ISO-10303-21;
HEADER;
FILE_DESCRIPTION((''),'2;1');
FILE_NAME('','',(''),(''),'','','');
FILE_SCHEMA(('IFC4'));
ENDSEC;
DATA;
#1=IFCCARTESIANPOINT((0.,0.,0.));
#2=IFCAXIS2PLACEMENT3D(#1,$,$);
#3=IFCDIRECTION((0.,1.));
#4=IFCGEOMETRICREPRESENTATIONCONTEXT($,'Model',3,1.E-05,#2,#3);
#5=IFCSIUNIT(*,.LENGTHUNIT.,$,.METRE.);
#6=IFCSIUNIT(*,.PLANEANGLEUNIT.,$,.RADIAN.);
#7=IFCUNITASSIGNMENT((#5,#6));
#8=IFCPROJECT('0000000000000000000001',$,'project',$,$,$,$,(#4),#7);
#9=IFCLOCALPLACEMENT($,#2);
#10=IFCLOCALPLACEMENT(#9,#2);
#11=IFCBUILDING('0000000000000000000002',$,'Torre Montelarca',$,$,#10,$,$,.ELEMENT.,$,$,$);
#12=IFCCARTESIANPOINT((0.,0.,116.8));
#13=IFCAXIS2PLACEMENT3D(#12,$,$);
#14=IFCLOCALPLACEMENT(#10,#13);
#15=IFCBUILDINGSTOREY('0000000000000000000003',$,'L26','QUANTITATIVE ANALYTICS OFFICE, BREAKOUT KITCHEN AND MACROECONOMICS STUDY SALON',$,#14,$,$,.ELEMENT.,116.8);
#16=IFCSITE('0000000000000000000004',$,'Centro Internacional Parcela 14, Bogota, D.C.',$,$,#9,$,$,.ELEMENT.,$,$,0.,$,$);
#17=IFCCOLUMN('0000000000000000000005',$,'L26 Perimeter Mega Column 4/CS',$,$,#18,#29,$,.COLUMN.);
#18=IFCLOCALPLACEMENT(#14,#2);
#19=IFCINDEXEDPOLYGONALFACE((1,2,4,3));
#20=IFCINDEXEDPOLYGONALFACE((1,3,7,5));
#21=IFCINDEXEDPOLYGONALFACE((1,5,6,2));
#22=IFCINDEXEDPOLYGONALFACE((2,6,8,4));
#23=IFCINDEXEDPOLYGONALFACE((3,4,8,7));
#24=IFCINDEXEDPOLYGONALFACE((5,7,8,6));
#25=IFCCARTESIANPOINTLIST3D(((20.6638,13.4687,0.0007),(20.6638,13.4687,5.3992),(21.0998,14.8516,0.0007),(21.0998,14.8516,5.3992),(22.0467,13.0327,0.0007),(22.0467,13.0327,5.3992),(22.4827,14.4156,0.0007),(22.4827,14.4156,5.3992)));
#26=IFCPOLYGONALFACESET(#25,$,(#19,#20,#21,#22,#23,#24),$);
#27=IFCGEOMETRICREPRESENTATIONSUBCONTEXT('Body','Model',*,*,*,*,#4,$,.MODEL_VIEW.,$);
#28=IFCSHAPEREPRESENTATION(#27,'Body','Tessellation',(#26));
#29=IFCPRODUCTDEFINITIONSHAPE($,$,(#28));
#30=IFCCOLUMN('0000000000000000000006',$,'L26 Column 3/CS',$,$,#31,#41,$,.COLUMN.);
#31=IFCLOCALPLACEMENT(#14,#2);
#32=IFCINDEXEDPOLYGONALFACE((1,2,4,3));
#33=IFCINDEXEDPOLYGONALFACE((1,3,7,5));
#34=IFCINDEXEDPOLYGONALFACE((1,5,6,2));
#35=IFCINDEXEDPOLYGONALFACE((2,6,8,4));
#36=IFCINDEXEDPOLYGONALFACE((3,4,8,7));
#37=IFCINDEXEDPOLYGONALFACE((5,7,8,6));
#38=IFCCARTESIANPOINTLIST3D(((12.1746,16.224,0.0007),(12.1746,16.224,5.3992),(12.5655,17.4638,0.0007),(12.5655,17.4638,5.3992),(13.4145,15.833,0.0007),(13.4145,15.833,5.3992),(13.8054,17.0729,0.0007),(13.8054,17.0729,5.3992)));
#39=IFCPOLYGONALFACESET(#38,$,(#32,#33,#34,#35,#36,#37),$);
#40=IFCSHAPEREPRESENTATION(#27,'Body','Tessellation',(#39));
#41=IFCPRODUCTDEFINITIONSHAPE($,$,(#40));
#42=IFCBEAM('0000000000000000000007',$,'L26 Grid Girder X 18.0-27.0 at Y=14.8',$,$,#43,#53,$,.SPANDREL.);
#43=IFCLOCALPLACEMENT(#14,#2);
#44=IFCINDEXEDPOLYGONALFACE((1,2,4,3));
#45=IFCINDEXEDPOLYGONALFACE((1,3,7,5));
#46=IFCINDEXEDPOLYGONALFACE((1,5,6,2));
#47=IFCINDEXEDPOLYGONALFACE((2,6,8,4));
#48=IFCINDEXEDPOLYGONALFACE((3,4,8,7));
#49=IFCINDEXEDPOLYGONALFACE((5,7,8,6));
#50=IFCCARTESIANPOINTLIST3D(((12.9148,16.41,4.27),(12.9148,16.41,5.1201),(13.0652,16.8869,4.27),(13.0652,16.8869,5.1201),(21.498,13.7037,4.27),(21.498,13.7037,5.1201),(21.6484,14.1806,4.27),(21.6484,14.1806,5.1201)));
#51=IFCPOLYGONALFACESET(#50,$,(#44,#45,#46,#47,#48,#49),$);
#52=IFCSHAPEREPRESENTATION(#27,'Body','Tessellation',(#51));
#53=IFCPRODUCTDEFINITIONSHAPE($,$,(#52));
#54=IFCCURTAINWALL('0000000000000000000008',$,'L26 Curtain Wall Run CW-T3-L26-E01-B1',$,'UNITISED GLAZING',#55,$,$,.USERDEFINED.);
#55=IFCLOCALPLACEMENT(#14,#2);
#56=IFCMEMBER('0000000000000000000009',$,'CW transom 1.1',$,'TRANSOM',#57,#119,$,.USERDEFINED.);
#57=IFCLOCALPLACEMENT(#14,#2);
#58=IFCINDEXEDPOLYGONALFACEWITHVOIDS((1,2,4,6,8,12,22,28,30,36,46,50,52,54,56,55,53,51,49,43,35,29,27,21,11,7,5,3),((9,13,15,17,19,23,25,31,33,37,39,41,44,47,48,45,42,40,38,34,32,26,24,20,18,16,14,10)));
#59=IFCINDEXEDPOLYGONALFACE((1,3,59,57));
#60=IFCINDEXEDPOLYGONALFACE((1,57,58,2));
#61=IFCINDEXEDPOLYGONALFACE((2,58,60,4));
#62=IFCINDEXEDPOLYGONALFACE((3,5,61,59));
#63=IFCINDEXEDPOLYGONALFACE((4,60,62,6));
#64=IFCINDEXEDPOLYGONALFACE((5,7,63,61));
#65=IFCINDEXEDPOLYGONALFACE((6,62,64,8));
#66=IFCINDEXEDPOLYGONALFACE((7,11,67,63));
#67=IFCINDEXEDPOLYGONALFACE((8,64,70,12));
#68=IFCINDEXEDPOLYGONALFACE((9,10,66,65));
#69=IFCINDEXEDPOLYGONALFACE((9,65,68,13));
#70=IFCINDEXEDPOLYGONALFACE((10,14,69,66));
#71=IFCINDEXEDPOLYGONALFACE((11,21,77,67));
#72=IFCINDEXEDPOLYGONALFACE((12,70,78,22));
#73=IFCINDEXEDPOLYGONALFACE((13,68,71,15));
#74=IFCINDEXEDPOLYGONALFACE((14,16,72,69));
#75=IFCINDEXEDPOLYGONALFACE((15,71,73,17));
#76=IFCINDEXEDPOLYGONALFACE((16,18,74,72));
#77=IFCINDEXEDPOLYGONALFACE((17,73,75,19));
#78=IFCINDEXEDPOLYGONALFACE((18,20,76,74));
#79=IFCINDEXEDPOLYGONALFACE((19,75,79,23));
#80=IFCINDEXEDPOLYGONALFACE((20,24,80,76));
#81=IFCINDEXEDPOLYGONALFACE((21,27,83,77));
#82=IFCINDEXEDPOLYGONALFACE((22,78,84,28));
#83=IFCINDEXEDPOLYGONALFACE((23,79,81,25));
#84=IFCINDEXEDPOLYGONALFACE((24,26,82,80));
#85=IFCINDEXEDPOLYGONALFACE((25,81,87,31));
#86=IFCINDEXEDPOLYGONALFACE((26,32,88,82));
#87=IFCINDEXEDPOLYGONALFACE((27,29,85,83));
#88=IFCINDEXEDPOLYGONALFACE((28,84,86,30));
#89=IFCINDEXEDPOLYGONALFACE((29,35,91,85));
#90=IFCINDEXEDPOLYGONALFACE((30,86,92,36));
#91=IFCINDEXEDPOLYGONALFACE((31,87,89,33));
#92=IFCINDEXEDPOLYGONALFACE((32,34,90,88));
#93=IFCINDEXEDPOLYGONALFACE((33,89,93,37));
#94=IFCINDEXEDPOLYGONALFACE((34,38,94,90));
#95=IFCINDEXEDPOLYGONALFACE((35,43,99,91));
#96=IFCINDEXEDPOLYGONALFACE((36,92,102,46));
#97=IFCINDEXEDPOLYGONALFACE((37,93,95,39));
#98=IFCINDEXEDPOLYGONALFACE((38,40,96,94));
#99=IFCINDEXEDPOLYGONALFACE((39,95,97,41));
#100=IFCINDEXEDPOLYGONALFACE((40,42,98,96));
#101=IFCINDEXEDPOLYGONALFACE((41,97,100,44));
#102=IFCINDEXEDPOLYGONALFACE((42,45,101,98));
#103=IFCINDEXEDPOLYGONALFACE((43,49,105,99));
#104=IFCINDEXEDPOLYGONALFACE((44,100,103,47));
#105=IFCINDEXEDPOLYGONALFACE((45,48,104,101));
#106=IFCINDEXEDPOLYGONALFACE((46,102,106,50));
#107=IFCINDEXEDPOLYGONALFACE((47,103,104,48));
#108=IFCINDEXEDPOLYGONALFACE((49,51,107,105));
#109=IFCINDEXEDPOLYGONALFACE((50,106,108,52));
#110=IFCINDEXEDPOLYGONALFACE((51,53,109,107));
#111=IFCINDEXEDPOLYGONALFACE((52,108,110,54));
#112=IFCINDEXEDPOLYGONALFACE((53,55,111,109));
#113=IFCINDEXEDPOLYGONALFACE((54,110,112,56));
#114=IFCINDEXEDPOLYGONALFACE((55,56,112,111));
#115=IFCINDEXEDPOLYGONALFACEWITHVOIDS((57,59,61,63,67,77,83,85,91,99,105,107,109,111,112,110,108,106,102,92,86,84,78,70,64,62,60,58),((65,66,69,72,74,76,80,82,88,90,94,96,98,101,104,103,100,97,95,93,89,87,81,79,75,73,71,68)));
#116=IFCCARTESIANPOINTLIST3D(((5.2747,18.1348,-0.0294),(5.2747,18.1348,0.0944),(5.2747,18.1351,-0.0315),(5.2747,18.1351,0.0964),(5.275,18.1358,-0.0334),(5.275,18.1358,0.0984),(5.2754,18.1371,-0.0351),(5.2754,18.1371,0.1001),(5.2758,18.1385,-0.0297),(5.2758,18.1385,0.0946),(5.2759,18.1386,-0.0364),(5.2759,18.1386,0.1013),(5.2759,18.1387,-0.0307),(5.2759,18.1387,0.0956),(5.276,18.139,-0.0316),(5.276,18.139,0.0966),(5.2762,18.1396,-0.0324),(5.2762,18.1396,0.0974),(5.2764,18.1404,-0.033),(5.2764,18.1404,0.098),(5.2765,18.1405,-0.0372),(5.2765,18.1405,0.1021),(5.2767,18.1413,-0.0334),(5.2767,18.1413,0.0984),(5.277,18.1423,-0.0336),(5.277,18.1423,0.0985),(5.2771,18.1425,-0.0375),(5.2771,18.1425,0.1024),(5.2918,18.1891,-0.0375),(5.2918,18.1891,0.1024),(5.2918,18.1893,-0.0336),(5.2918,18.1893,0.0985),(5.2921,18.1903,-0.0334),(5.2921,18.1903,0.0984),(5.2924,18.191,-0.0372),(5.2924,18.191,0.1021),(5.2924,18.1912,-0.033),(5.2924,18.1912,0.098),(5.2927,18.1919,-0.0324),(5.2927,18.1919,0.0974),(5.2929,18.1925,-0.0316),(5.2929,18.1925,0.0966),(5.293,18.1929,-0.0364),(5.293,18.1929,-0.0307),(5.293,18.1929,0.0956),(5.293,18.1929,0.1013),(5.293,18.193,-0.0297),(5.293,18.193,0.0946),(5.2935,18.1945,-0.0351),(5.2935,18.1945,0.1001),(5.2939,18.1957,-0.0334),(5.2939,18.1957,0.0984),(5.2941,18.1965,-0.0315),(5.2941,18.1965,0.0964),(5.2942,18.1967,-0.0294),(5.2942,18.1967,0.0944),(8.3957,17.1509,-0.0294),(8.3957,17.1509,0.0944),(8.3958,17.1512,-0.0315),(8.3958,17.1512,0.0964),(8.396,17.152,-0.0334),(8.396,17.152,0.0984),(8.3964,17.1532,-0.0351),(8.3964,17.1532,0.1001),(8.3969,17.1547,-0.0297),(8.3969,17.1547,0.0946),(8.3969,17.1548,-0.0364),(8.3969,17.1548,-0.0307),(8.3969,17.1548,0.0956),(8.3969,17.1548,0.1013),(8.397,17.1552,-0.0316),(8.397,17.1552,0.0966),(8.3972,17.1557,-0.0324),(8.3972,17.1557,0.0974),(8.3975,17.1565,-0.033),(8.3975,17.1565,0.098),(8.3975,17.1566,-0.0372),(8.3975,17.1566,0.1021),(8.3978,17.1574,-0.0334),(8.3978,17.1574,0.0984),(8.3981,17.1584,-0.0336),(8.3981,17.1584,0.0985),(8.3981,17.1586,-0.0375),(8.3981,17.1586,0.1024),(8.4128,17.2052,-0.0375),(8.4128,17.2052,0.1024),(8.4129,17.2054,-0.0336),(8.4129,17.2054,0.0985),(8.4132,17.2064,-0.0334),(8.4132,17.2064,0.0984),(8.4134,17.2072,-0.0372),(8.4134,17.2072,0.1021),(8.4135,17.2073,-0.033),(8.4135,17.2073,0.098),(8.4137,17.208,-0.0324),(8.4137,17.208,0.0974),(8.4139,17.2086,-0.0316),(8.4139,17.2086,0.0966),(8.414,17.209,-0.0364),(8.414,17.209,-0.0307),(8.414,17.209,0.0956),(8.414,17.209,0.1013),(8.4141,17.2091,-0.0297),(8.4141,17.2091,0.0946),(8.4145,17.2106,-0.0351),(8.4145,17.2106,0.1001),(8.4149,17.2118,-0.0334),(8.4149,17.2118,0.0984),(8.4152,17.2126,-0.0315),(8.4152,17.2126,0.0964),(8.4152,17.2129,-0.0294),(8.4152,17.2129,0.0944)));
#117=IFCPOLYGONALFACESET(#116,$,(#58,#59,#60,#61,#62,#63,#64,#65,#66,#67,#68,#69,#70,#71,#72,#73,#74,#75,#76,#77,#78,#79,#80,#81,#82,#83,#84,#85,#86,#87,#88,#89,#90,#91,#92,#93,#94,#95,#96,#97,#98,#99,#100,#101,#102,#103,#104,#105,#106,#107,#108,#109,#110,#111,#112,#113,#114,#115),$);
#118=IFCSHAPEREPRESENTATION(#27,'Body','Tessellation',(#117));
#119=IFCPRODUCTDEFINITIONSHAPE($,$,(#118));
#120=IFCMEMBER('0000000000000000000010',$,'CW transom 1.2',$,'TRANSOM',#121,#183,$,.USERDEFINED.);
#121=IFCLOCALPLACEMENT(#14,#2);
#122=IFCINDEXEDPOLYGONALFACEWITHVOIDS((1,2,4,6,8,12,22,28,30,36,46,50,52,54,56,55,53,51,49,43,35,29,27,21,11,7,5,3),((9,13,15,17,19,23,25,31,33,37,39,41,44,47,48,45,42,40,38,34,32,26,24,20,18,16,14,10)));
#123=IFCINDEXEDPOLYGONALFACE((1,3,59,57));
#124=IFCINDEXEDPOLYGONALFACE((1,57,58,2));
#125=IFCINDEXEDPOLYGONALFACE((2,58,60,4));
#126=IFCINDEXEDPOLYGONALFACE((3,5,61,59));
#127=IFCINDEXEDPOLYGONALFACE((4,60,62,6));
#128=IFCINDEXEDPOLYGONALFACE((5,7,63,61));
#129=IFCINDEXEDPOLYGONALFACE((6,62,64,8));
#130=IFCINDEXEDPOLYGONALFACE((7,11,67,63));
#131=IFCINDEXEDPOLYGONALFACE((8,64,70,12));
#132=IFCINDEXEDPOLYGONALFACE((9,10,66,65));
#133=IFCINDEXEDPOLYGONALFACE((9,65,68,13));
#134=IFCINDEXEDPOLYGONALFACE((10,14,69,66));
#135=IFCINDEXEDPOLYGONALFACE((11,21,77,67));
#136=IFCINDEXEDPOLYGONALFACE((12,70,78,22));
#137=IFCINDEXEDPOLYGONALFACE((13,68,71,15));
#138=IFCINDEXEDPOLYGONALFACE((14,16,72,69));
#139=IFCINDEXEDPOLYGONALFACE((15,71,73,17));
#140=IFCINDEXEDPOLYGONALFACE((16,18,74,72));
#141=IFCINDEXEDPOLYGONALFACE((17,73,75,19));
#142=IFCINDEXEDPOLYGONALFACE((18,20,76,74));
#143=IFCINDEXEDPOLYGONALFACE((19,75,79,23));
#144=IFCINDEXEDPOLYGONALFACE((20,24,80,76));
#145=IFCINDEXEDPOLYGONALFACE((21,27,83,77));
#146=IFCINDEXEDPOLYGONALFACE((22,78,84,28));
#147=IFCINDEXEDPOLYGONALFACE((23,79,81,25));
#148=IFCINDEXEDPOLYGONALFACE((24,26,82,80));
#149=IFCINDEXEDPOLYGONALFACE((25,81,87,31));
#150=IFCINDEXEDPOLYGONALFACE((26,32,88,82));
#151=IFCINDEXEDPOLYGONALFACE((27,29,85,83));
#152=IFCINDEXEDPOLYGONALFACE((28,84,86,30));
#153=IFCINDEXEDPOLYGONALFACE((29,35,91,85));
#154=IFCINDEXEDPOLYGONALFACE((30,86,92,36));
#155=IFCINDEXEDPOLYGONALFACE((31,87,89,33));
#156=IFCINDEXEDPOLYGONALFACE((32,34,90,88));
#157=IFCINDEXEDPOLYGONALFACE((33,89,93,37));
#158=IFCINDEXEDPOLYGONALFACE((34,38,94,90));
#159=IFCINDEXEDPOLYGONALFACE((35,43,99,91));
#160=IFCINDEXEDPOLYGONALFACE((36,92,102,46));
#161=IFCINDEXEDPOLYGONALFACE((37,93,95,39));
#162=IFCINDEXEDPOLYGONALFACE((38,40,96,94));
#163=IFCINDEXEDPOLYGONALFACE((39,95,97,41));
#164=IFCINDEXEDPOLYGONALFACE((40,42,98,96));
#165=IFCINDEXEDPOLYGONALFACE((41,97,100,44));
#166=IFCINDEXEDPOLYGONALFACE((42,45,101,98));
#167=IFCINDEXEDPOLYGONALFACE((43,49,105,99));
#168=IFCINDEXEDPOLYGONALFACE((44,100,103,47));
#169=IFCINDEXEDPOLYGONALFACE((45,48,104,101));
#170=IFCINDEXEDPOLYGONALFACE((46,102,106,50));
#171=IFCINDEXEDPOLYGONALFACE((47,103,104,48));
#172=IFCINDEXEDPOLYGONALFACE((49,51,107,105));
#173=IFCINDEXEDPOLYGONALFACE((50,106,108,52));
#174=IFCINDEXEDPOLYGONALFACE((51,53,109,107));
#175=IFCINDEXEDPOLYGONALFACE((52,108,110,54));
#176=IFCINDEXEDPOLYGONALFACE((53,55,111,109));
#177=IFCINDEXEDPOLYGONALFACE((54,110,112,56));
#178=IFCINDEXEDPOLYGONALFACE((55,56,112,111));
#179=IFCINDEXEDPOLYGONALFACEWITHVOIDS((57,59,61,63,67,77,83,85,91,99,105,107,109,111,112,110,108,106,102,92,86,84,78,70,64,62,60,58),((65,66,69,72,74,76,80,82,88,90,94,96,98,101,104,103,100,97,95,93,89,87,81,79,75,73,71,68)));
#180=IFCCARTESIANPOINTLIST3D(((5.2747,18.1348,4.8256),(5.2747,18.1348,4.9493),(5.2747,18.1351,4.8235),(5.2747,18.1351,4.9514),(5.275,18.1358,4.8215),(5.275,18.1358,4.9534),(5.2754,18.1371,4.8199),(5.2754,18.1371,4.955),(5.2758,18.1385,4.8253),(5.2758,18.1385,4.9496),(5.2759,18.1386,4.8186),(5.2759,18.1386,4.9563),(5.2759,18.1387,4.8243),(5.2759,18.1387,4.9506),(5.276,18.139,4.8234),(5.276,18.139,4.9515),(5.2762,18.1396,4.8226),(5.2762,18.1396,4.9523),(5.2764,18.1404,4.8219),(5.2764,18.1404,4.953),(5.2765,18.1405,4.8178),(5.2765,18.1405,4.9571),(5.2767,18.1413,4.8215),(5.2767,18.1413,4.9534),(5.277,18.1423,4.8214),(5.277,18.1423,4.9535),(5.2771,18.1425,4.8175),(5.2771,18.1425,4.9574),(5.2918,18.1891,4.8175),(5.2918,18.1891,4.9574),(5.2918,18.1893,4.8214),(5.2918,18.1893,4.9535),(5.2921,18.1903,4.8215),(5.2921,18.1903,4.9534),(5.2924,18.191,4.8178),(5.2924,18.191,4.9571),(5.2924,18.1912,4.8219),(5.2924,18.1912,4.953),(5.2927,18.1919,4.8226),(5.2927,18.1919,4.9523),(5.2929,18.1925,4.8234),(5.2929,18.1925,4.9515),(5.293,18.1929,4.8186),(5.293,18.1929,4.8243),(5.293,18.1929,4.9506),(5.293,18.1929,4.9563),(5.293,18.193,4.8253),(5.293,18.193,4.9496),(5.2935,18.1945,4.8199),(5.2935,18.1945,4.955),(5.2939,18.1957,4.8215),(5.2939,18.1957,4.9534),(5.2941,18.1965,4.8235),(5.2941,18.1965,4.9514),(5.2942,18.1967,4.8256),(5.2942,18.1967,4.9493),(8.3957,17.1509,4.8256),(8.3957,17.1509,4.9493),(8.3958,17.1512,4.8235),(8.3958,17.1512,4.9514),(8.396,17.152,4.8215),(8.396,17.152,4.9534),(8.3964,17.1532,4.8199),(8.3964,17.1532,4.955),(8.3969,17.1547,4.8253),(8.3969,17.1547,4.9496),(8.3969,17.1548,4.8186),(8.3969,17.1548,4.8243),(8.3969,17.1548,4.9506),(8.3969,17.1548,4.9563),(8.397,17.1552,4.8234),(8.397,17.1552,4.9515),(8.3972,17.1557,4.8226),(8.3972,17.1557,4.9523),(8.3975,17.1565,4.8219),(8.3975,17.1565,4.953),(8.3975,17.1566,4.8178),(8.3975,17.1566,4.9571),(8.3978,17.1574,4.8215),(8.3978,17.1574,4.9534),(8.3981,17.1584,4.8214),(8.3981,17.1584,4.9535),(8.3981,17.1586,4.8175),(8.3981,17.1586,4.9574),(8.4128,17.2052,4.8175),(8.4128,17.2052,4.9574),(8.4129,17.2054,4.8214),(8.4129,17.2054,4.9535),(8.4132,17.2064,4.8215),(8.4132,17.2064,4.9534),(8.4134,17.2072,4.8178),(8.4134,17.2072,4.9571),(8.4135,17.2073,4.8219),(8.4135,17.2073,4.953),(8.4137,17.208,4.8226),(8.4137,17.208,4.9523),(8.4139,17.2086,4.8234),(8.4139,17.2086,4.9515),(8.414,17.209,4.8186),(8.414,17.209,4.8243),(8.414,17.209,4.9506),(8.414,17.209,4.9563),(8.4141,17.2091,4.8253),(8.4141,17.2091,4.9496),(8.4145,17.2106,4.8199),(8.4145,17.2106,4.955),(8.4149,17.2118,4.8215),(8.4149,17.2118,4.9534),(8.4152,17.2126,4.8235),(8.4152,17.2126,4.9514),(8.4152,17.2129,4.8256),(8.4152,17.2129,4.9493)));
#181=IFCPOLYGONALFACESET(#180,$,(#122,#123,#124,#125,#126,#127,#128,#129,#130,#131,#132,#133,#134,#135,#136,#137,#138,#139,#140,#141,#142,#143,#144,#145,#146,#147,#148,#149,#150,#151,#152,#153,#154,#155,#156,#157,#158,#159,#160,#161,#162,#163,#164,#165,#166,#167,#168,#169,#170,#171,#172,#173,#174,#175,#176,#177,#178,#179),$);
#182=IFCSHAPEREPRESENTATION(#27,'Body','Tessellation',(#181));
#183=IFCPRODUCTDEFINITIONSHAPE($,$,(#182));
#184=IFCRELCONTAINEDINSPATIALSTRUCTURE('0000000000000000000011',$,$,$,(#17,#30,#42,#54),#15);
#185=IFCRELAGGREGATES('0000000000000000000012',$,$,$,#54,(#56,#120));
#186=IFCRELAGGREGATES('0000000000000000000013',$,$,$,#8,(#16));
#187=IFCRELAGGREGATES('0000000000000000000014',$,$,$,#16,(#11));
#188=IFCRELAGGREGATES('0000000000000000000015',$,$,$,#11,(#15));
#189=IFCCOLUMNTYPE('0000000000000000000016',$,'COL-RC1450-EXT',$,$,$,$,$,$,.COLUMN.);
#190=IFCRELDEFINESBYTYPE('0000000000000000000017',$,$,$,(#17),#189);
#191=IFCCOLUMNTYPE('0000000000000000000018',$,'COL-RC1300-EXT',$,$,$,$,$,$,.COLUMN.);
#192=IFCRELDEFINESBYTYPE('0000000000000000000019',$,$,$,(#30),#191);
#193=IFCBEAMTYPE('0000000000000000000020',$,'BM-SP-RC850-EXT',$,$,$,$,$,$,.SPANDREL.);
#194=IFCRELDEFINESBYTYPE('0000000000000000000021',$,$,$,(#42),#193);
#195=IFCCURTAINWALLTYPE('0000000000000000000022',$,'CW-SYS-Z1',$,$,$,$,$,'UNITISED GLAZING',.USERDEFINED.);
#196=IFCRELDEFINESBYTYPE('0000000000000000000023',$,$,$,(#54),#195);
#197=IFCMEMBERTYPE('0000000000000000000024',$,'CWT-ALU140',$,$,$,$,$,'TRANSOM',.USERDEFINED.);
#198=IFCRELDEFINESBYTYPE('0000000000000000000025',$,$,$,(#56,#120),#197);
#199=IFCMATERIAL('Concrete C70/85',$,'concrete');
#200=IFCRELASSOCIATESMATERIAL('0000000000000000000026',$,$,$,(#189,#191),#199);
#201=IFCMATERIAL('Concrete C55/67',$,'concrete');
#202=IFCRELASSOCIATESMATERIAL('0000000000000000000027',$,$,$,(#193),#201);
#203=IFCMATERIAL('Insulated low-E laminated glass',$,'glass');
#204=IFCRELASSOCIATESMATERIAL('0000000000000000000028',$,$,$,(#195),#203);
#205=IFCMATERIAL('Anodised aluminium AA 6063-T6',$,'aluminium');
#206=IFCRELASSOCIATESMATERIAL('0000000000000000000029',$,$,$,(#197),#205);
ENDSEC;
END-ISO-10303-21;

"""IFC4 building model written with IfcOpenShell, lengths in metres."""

from ifc_helpers import new_model, si_unit, direction, frame, origin, origin_2d, place, context, subcontext, project, spatial, rectangle, hollow_rectangle, extrude, source, transform, mapped, material, material_profile, profile_set, type_object, element, aggregate, save


model = new_model("IFC4")

# Units and contexts
model_context = context("Model", 3, precision=1e-05, world=origin(), true_north=direction((0.0, 1.0)))
body_context = subcontext(model_context, "Body", "Model", "MODEL_VIEW")
ifc_project = project(units=[si_unit("LENGTHUNIT", "METRE"), si_unit("PLANEANGLEUNIT", "RADIAN")], contexts=[model_context])

# Site, building, storey
site_placement = place(None, origin())
site = spatial("IfcSite", under=ifc_project, at=site_placement, Name="Centro Internacional Parcela 14, Bogota, D.C.", CompositionType="ELEMENT", RefElevation=0.0)
building_placement = place(site_placement, origin())
building = spatial("IfcBuilding", under=site, at=building_placement, Name="Torre Montelarca", CompositionType="ELEMENT")
storey_placement = place(building_placement, frame((0.0, 0.0, 116.8)))
storey = spatial("IfcBuildingStorey", under=building, at=storey_placement, Name="L26", Description="QUANTITATIVE ANALYTICS OFFICE, BREAKOUT KITCHEN AND MACROECONOMICS STUDY SALON", CompositionType="ELEMENT", Elevation=116.8)

# Columns
ifc_material_1 = material(Name="Concrete C70/85", Category="concrete")
ifc_material_profile_1 = material_profile(ifc_material_1, rectangle(XDim=1.45, YDim=1.45, at=origin_2d()), Name="RC1450X1450", Category="concrete")
ifc_profile_set_1 = profile_set([ifc_material_profile_1], Name="Concrete C70/85")
column_type_1 = type_object("IfcColumnType", Name="COL-RC1450-EXT", PredefinedType="COLUMN", material=ifc_profile_set_1)
shared_shape_1 = source(origin(), body_context, "Body", "SweptSolid", [
    extrude(rectangle(XDim=1.45, YDim=1.45, at=origin_2d()), origin(), (0.0, 0.0, 1.0), 5.3984),
])
column_1_placement = place(storey_placement, frame((21.5732, 13.9421, 0.0007), z_axis=(0.0, 0.0, 1.0), x_axis=(-0.953717, 0.300706, 0.0)))
element("IfcColumn", 1, at=column_1_placement, inside=storey, type_object=column_type_1, Name="L26 Perimeter Mega Column 4/CS", PredefinedType="COLUMN", context=body_context, shape_type="MappedRepresentation", body=[
    mapped(shared_shape_1, transform((0.0, 0.0, 0.0), scale=1.0)),
])
ifc_material_profile_2 = material_profile(ifc_material_1, rectangle(XDim=1.3, YDim=1.3, at=origin_2d()), Name="RC1300X1300", Category="concrete")
ifc_profile_set_2 = profile_set([ifc_material_profile_2], Name="Concrete C70/85")
column_type_2 = type_object("IfcColumnType", Name="COL-RC1300-EXT", PredefinedType="COLUMN", material=ifc_profile_set_2)
shared_shape_2 = source(origin(), body_context, "Body", "SweptSolid", [
    extrude(rectangle(XDim=1.3, YDim=1.3, at=origin_2d()), origin(), (0.0, 0.0, 1.0), 5.3984),
])
column_2_placement = place(storey_placement, frame((12.99, 16.6484, 0.0007), z_axis=(0.0, 0.0, 1.0), x_axis=(-0.953717, 0.300706, 0.0)))
element("IfcColumn", 2, at=column_2_placement, inside=storey, type_object=column_type_2, Name="L26 Column 3/CS", PredefinedType="COLUMN", context=body_context, shape_type="MappedRepresentation", body=[
    mapped(shared_shape_2, transform((0.0, 0.0, 0.0), scale=1.0)),
])

# Beam
ifc_material_2 = material(Name="Concrete C55/67", Category="concrete")
ifc_material_profile_3 = material_profile(ifc_material_2, rectangle(XDim=0.5, YDim=0.8501, at=origin_2d()), Name="RCB500X850", Category="concrete")
ifc_profile_set_3 = profile_set([ifc_material_profile_3], Name="Concrete C55/67")
beam_type = type_object("IfcBeamType", Name="BM-SP-RC850-EXT", PredefinedType="SPANDREL", material=ifc_profile_set_3)
shared_shape_3 = source(origin(), body_context, "Body", "SweptSolid", [
    extrude(rectangle(XDim=0.5, YDim=0.8501, at=origin_2d()), origin(), (0.0, 0.0, 1.0), 8.9998),
])
beam_placement = place(storey_placement, frame((12.99, 16.6484, 4.6951), z_axis=(0.953717, -0.300707, 0.0), x_axis=(0.300707, 0.953717, 0.0)))
element("IfcBeam", 3, at=beam_placement, inside=storey, type_object=beam_type, Name="L26 Grid Girder X 18.0-27.0 at Y=14.8", PredefinedType="SPANDREL", context=body_context, shape_type="MappedRepresentation", body=[
    mapped(shared_shape_3, transform((0.0, 0.0, 0.0), scale=1.0)),
])

# Curtain wall, members
ifc_material_3 = material(Name="Insulated low-E laminated glass", Category="glass")
curtain_wall_type = type_object("IfcCurtainWallType", Name="CW-SYS-Z1", ElementType="UNITISED GLAZING", PredefinedType="USERDEFINED", material=ifc_material_3)
curtain_wall_1_placement = place(storey_placement, origin())
curtain_wall_1 = element("IfcCurtainWall", 4, at=curtain_wall_1_placement, inside=storey, type_object=curtain_wall_type, Name="L26 Curtain Wall Run CW-T3-L26-E01-B1", ObjectType="UNITISED GLAZING", PredefinedType="USERDEFINED")
ifc_material_4 = material(Name="Anodised aluminium AA 6063-T6", Category="aluminium")
ifc_material_profile_4 = material_profile(ifc_material_4, hollow_rectangle(XDim=0.0649, YDim=0.1399, WallThickness=0.0039, InnerFilletRadius=0.0039, OuterFilletRadius=0.0081, at=origin_2d()), Name="ALU65X140X4", Category="aluminium")
ifc_profile_set_4 = profile_set([ifc_material_profile_4], Name="Anodised aluminium AA 6063-T6")
member_type_1 = type_object("IfcMemberType", Name="CWT-ALU140", ElementType="TRANSOM", PredefinedType="USERDEFINED", material=ifc_profile_set_4)
shared_shape_4 = source(origin(), body_context, "Body", "SweptSolid", [
    extrude(hollow_rectangle(XDim=0.0649, YDim=0.1399, WallThickness=0.0039, InnerFilletRadius=0.0039, OuterFilletRadius=0.0081, at=origin_2d()), origin(), (0.0, 0.0, 1.0), 3.2725),
])
member_1_placement = place(storey_placement, frame((5.2844, 18.1658, 0.0325), z_axis=(0.953734, -0.300653, 0.0), x_axis=(0.300653, 0.953734, 0.0)))
member_1 = element("IfcMember", 5, at=member_1_placement, type_object=member_type_1, Name="CW transom 1.1", ObjectType="TRANSOM", PredefinedType="USERDEFINED", context=body_context, shape_type="MappedRepresentation", body=[
    mapped(shared_shape_4, transform((0.0, 0.0, 0.0), scale=1.0)),
])
member_2_placement = place(storey_placement, frame((5.2844, 18.1658, 4.8875), z_axis=(0.953734, -0.300653, 0.0), x_axis=(0.300653, 0.953734, 0.0)))
member_2 = element("IfcMember", 6, at=member_2_placement, type_object=member_type_1, Name="CW transom 1.2", ObjectType="TRANSOM", PredefinedType="USERDEFINED", context=body_context, shape_type="MappedRepresentation", body=[
    mapped(shared_shape_4, transform((0.0, 0.0, 0.0), scale=1.0)),
])

aggregate(curtain_wall_1, [member_1, member_2])

save(model, "model.ifc")
